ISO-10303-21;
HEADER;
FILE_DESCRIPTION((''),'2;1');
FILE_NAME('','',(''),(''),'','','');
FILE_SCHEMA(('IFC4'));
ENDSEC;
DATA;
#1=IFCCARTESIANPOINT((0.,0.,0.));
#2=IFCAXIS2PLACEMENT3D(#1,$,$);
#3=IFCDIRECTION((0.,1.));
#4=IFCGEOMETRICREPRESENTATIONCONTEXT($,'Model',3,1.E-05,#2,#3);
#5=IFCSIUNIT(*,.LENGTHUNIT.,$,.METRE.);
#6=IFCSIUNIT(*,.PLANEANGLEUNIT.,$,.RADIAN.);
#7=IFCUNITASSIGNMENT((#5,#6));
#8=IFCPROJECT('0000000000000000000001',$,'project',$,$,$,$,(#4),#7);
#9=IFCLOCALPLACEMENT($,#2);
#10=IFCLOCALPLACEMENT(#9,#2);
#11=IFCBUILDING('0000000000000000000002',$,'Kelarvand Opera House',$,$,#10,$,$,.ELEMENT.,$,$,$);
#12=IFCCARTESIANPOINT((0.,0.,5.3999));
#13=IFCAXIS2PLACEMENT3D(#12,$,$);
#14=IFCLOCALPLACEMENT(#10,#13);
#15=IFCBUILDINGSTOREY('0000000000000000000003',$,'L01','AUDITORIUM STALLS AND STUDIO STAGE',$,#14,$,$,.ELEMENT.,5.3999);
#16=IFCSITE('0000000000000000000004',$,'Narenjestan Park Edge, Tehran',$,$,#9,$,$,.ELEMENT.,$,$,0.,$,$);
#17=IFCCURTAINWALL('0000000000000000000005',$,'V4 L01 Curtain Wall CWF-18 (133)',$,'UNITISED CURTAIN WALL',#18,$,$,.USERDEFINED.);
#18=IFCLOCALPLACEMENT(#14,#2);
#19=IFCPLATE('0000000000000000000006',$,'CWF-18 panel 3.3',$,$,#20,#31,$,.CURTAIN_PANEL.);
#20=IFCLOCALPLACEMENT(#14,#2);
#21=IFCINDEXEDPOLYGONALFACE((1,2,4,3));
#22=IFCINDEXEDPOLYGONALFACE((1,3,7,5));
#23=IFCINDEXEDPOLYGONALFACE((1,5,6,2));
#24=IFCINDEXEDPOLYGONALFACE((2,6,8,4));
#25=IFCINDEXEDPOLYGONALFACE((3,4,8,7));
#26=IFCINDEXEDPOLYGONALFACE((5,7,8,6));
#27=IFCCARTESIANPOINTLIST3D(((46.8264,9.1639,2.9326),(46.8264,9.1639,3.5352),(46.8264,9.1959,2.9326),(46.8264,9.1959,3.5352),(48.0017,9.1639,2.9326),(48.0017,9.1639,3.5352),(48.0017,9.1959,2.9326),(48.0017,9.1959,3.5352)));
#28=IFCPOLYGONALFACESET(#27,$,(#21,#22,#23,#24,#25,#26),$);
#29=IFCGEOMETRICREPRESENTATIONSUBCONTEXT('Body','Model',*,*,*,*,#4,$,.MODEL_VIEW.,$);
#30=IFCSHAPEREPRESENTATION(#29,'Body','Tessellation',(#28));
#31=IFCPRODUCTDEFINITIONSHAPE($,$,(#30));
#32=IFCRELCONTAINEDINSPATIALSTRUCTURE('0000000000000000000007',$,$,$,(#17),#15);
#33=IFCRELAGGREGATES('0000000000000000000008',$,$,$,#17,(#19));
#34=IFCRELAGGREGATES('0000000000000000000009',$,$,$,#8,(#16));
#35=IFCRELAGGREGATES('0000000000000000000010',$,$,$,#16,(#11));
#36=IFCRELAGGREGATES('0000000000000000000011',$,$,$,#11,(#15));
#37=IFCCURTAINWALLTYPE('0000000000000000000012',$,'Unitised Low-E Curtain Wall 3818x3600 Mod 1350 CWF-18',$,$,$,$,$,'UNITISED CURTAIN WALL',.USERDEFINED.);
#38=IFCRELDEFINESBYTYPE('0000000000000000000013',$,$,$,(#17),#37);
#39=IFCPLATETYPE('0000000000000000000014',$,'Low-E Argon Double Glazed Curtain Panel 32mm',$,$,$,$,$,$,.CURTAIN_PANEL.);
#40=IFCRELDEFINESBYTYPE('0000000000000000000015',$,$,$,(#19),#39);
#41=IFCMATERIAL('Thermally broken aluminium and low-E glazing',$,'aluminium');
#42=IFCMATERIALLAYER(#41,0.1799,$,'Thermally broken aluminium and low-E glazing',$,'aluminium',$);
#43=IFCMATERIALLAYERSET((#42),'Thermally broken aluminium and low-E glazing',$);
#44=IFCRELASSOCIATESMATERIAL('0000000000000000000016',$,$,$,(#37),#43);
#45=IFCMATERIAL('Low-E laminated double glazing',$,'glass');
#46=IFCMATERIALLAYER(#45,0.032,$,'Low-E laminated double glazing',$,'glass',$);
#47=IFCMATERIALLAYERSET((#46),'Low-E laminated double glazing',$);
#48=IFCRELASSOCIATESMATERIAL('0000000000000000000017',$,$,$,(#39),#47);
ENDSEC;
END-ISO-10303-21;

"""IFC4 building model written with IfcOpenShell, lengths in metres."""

from ifc_helpers import new_model, si_unit, direction, frame, origin, origin_2d, place, context, subcontext, project, spatial, rectangle, extrude, material, layer, layer_set, type_object, element, aggregate, save


model = new_model("IFC4")

# Units and contexts
model_context = context("Model", 3, precision=1e-05, world=origin(), true_north=direction((0.0, 1.0)))
body_context = subcontext(model_context, "Body", "Model", "MODEL_VIEW")
ifc_project = project(units=[si_unit("LENGTHUNIT", "METRE"), si_unit("PLANEANGLEUNIT", "RADIAN")], contexts=[model_context])

# Site, building, storey
site_placement = place(None, origin())
site = spatial("IfcSite", under=ifc_project, at=site_placement, Name="Narenjestan Park Edge, Tehran", CompositionType="ELEMENT", RefElevation=0.0)
building_placement = place(site_placement, origin())
building = spatial("IfcBuilding", under=site, at=building_placement, Name="Kelarvand Opera House", CompositionType="ELEMENT")
storey_placement = place(building_placement, frame((0.0, 0.0, 5.3999)))
storey = spatial("IfcBuildingStorey", under=building, at=storey_placement, Name="L01", Description="AUDITORIUM STALLS AND STUDIO STAGE", CompositionType="ELEMENT", Elevation=5.3999)

# Shared definitions
ifc_material_1 = material(Name="Thermally broken aluminium and low-E glazing", Category="aluminium")

# Curtain wall
ifc_layer_1 = layer(ifc_material_1, 0.1799, Name="Thermally broken aluminium and low-E glazing", Category="aluminium")
ifc_layer_set_1 = layer_set([ifc_layer_1], Name="Thermally broken aluminium and low-E glazing")
curtain_wall_type_1 = type_object("IfcCurtainWallType", Name="Unitised Low-E Curtain Wall 3818x3600 Mod 1350 CWF-18", ElementType="UNITISED CURTAIN WALL", PredefinedType="USERDEFINED", material=ifc_layer_set_1)
curtain_wall_1_placement = place(storey_placement, origin())
curtain_wall_1 = element("IfcCurtainWall", 1, at=curtain_wall_1_placement, inside=storey, type_object=curtain_wall_type_1, Name="V4 L01 Curtain Wall CWF-18 (133)", ObjectType="UNITISED CURTAIN WALL", PredefinedType="USERDEFINED")

# Plate
ifc_material_2 = material(Name="Low-E laminated double glazing", Category="glass")
ifc_layer_2 = layer(ifc_material_2, 0.032, Name="Low-E laminated double glazing", Category="glass")
ifc_layer_set_2 = layer_set([ifc_layer_2], Name="Low-E laminated double glazing")
plate_type = type_object("IfcPlateType", Name="Low-E Argon Double Glazed Curtain Panel 32mm", PredefinedType="CURTAIN_PANEL", material=ifc_layer_set_2)
plate_1_placement = place(storey_placement, frame((47.4141, 9.1799, 2.9326), z_axis=(0.0, 0.0, 1.0), x_axis=(-1.0, 0.0, 0.0)))
plate_1 = element("IfcPlate", 2, at=plate_1_placement, type_object=plate_type, Name="CWF-18 panel 3.3", PredefinedType="CURTAIN_PANEL", context=body_context, shape_type="SweptSolid", body=[
    extrude(rectangle(XDim=1.1753, YDim=0.032, at=origin_2d()), origin(), (0.0, 0.0, 1.0), 0.6025),
])
aggregate(curtain_wall_1, [plate_1])

save(model, "model.ifc")
